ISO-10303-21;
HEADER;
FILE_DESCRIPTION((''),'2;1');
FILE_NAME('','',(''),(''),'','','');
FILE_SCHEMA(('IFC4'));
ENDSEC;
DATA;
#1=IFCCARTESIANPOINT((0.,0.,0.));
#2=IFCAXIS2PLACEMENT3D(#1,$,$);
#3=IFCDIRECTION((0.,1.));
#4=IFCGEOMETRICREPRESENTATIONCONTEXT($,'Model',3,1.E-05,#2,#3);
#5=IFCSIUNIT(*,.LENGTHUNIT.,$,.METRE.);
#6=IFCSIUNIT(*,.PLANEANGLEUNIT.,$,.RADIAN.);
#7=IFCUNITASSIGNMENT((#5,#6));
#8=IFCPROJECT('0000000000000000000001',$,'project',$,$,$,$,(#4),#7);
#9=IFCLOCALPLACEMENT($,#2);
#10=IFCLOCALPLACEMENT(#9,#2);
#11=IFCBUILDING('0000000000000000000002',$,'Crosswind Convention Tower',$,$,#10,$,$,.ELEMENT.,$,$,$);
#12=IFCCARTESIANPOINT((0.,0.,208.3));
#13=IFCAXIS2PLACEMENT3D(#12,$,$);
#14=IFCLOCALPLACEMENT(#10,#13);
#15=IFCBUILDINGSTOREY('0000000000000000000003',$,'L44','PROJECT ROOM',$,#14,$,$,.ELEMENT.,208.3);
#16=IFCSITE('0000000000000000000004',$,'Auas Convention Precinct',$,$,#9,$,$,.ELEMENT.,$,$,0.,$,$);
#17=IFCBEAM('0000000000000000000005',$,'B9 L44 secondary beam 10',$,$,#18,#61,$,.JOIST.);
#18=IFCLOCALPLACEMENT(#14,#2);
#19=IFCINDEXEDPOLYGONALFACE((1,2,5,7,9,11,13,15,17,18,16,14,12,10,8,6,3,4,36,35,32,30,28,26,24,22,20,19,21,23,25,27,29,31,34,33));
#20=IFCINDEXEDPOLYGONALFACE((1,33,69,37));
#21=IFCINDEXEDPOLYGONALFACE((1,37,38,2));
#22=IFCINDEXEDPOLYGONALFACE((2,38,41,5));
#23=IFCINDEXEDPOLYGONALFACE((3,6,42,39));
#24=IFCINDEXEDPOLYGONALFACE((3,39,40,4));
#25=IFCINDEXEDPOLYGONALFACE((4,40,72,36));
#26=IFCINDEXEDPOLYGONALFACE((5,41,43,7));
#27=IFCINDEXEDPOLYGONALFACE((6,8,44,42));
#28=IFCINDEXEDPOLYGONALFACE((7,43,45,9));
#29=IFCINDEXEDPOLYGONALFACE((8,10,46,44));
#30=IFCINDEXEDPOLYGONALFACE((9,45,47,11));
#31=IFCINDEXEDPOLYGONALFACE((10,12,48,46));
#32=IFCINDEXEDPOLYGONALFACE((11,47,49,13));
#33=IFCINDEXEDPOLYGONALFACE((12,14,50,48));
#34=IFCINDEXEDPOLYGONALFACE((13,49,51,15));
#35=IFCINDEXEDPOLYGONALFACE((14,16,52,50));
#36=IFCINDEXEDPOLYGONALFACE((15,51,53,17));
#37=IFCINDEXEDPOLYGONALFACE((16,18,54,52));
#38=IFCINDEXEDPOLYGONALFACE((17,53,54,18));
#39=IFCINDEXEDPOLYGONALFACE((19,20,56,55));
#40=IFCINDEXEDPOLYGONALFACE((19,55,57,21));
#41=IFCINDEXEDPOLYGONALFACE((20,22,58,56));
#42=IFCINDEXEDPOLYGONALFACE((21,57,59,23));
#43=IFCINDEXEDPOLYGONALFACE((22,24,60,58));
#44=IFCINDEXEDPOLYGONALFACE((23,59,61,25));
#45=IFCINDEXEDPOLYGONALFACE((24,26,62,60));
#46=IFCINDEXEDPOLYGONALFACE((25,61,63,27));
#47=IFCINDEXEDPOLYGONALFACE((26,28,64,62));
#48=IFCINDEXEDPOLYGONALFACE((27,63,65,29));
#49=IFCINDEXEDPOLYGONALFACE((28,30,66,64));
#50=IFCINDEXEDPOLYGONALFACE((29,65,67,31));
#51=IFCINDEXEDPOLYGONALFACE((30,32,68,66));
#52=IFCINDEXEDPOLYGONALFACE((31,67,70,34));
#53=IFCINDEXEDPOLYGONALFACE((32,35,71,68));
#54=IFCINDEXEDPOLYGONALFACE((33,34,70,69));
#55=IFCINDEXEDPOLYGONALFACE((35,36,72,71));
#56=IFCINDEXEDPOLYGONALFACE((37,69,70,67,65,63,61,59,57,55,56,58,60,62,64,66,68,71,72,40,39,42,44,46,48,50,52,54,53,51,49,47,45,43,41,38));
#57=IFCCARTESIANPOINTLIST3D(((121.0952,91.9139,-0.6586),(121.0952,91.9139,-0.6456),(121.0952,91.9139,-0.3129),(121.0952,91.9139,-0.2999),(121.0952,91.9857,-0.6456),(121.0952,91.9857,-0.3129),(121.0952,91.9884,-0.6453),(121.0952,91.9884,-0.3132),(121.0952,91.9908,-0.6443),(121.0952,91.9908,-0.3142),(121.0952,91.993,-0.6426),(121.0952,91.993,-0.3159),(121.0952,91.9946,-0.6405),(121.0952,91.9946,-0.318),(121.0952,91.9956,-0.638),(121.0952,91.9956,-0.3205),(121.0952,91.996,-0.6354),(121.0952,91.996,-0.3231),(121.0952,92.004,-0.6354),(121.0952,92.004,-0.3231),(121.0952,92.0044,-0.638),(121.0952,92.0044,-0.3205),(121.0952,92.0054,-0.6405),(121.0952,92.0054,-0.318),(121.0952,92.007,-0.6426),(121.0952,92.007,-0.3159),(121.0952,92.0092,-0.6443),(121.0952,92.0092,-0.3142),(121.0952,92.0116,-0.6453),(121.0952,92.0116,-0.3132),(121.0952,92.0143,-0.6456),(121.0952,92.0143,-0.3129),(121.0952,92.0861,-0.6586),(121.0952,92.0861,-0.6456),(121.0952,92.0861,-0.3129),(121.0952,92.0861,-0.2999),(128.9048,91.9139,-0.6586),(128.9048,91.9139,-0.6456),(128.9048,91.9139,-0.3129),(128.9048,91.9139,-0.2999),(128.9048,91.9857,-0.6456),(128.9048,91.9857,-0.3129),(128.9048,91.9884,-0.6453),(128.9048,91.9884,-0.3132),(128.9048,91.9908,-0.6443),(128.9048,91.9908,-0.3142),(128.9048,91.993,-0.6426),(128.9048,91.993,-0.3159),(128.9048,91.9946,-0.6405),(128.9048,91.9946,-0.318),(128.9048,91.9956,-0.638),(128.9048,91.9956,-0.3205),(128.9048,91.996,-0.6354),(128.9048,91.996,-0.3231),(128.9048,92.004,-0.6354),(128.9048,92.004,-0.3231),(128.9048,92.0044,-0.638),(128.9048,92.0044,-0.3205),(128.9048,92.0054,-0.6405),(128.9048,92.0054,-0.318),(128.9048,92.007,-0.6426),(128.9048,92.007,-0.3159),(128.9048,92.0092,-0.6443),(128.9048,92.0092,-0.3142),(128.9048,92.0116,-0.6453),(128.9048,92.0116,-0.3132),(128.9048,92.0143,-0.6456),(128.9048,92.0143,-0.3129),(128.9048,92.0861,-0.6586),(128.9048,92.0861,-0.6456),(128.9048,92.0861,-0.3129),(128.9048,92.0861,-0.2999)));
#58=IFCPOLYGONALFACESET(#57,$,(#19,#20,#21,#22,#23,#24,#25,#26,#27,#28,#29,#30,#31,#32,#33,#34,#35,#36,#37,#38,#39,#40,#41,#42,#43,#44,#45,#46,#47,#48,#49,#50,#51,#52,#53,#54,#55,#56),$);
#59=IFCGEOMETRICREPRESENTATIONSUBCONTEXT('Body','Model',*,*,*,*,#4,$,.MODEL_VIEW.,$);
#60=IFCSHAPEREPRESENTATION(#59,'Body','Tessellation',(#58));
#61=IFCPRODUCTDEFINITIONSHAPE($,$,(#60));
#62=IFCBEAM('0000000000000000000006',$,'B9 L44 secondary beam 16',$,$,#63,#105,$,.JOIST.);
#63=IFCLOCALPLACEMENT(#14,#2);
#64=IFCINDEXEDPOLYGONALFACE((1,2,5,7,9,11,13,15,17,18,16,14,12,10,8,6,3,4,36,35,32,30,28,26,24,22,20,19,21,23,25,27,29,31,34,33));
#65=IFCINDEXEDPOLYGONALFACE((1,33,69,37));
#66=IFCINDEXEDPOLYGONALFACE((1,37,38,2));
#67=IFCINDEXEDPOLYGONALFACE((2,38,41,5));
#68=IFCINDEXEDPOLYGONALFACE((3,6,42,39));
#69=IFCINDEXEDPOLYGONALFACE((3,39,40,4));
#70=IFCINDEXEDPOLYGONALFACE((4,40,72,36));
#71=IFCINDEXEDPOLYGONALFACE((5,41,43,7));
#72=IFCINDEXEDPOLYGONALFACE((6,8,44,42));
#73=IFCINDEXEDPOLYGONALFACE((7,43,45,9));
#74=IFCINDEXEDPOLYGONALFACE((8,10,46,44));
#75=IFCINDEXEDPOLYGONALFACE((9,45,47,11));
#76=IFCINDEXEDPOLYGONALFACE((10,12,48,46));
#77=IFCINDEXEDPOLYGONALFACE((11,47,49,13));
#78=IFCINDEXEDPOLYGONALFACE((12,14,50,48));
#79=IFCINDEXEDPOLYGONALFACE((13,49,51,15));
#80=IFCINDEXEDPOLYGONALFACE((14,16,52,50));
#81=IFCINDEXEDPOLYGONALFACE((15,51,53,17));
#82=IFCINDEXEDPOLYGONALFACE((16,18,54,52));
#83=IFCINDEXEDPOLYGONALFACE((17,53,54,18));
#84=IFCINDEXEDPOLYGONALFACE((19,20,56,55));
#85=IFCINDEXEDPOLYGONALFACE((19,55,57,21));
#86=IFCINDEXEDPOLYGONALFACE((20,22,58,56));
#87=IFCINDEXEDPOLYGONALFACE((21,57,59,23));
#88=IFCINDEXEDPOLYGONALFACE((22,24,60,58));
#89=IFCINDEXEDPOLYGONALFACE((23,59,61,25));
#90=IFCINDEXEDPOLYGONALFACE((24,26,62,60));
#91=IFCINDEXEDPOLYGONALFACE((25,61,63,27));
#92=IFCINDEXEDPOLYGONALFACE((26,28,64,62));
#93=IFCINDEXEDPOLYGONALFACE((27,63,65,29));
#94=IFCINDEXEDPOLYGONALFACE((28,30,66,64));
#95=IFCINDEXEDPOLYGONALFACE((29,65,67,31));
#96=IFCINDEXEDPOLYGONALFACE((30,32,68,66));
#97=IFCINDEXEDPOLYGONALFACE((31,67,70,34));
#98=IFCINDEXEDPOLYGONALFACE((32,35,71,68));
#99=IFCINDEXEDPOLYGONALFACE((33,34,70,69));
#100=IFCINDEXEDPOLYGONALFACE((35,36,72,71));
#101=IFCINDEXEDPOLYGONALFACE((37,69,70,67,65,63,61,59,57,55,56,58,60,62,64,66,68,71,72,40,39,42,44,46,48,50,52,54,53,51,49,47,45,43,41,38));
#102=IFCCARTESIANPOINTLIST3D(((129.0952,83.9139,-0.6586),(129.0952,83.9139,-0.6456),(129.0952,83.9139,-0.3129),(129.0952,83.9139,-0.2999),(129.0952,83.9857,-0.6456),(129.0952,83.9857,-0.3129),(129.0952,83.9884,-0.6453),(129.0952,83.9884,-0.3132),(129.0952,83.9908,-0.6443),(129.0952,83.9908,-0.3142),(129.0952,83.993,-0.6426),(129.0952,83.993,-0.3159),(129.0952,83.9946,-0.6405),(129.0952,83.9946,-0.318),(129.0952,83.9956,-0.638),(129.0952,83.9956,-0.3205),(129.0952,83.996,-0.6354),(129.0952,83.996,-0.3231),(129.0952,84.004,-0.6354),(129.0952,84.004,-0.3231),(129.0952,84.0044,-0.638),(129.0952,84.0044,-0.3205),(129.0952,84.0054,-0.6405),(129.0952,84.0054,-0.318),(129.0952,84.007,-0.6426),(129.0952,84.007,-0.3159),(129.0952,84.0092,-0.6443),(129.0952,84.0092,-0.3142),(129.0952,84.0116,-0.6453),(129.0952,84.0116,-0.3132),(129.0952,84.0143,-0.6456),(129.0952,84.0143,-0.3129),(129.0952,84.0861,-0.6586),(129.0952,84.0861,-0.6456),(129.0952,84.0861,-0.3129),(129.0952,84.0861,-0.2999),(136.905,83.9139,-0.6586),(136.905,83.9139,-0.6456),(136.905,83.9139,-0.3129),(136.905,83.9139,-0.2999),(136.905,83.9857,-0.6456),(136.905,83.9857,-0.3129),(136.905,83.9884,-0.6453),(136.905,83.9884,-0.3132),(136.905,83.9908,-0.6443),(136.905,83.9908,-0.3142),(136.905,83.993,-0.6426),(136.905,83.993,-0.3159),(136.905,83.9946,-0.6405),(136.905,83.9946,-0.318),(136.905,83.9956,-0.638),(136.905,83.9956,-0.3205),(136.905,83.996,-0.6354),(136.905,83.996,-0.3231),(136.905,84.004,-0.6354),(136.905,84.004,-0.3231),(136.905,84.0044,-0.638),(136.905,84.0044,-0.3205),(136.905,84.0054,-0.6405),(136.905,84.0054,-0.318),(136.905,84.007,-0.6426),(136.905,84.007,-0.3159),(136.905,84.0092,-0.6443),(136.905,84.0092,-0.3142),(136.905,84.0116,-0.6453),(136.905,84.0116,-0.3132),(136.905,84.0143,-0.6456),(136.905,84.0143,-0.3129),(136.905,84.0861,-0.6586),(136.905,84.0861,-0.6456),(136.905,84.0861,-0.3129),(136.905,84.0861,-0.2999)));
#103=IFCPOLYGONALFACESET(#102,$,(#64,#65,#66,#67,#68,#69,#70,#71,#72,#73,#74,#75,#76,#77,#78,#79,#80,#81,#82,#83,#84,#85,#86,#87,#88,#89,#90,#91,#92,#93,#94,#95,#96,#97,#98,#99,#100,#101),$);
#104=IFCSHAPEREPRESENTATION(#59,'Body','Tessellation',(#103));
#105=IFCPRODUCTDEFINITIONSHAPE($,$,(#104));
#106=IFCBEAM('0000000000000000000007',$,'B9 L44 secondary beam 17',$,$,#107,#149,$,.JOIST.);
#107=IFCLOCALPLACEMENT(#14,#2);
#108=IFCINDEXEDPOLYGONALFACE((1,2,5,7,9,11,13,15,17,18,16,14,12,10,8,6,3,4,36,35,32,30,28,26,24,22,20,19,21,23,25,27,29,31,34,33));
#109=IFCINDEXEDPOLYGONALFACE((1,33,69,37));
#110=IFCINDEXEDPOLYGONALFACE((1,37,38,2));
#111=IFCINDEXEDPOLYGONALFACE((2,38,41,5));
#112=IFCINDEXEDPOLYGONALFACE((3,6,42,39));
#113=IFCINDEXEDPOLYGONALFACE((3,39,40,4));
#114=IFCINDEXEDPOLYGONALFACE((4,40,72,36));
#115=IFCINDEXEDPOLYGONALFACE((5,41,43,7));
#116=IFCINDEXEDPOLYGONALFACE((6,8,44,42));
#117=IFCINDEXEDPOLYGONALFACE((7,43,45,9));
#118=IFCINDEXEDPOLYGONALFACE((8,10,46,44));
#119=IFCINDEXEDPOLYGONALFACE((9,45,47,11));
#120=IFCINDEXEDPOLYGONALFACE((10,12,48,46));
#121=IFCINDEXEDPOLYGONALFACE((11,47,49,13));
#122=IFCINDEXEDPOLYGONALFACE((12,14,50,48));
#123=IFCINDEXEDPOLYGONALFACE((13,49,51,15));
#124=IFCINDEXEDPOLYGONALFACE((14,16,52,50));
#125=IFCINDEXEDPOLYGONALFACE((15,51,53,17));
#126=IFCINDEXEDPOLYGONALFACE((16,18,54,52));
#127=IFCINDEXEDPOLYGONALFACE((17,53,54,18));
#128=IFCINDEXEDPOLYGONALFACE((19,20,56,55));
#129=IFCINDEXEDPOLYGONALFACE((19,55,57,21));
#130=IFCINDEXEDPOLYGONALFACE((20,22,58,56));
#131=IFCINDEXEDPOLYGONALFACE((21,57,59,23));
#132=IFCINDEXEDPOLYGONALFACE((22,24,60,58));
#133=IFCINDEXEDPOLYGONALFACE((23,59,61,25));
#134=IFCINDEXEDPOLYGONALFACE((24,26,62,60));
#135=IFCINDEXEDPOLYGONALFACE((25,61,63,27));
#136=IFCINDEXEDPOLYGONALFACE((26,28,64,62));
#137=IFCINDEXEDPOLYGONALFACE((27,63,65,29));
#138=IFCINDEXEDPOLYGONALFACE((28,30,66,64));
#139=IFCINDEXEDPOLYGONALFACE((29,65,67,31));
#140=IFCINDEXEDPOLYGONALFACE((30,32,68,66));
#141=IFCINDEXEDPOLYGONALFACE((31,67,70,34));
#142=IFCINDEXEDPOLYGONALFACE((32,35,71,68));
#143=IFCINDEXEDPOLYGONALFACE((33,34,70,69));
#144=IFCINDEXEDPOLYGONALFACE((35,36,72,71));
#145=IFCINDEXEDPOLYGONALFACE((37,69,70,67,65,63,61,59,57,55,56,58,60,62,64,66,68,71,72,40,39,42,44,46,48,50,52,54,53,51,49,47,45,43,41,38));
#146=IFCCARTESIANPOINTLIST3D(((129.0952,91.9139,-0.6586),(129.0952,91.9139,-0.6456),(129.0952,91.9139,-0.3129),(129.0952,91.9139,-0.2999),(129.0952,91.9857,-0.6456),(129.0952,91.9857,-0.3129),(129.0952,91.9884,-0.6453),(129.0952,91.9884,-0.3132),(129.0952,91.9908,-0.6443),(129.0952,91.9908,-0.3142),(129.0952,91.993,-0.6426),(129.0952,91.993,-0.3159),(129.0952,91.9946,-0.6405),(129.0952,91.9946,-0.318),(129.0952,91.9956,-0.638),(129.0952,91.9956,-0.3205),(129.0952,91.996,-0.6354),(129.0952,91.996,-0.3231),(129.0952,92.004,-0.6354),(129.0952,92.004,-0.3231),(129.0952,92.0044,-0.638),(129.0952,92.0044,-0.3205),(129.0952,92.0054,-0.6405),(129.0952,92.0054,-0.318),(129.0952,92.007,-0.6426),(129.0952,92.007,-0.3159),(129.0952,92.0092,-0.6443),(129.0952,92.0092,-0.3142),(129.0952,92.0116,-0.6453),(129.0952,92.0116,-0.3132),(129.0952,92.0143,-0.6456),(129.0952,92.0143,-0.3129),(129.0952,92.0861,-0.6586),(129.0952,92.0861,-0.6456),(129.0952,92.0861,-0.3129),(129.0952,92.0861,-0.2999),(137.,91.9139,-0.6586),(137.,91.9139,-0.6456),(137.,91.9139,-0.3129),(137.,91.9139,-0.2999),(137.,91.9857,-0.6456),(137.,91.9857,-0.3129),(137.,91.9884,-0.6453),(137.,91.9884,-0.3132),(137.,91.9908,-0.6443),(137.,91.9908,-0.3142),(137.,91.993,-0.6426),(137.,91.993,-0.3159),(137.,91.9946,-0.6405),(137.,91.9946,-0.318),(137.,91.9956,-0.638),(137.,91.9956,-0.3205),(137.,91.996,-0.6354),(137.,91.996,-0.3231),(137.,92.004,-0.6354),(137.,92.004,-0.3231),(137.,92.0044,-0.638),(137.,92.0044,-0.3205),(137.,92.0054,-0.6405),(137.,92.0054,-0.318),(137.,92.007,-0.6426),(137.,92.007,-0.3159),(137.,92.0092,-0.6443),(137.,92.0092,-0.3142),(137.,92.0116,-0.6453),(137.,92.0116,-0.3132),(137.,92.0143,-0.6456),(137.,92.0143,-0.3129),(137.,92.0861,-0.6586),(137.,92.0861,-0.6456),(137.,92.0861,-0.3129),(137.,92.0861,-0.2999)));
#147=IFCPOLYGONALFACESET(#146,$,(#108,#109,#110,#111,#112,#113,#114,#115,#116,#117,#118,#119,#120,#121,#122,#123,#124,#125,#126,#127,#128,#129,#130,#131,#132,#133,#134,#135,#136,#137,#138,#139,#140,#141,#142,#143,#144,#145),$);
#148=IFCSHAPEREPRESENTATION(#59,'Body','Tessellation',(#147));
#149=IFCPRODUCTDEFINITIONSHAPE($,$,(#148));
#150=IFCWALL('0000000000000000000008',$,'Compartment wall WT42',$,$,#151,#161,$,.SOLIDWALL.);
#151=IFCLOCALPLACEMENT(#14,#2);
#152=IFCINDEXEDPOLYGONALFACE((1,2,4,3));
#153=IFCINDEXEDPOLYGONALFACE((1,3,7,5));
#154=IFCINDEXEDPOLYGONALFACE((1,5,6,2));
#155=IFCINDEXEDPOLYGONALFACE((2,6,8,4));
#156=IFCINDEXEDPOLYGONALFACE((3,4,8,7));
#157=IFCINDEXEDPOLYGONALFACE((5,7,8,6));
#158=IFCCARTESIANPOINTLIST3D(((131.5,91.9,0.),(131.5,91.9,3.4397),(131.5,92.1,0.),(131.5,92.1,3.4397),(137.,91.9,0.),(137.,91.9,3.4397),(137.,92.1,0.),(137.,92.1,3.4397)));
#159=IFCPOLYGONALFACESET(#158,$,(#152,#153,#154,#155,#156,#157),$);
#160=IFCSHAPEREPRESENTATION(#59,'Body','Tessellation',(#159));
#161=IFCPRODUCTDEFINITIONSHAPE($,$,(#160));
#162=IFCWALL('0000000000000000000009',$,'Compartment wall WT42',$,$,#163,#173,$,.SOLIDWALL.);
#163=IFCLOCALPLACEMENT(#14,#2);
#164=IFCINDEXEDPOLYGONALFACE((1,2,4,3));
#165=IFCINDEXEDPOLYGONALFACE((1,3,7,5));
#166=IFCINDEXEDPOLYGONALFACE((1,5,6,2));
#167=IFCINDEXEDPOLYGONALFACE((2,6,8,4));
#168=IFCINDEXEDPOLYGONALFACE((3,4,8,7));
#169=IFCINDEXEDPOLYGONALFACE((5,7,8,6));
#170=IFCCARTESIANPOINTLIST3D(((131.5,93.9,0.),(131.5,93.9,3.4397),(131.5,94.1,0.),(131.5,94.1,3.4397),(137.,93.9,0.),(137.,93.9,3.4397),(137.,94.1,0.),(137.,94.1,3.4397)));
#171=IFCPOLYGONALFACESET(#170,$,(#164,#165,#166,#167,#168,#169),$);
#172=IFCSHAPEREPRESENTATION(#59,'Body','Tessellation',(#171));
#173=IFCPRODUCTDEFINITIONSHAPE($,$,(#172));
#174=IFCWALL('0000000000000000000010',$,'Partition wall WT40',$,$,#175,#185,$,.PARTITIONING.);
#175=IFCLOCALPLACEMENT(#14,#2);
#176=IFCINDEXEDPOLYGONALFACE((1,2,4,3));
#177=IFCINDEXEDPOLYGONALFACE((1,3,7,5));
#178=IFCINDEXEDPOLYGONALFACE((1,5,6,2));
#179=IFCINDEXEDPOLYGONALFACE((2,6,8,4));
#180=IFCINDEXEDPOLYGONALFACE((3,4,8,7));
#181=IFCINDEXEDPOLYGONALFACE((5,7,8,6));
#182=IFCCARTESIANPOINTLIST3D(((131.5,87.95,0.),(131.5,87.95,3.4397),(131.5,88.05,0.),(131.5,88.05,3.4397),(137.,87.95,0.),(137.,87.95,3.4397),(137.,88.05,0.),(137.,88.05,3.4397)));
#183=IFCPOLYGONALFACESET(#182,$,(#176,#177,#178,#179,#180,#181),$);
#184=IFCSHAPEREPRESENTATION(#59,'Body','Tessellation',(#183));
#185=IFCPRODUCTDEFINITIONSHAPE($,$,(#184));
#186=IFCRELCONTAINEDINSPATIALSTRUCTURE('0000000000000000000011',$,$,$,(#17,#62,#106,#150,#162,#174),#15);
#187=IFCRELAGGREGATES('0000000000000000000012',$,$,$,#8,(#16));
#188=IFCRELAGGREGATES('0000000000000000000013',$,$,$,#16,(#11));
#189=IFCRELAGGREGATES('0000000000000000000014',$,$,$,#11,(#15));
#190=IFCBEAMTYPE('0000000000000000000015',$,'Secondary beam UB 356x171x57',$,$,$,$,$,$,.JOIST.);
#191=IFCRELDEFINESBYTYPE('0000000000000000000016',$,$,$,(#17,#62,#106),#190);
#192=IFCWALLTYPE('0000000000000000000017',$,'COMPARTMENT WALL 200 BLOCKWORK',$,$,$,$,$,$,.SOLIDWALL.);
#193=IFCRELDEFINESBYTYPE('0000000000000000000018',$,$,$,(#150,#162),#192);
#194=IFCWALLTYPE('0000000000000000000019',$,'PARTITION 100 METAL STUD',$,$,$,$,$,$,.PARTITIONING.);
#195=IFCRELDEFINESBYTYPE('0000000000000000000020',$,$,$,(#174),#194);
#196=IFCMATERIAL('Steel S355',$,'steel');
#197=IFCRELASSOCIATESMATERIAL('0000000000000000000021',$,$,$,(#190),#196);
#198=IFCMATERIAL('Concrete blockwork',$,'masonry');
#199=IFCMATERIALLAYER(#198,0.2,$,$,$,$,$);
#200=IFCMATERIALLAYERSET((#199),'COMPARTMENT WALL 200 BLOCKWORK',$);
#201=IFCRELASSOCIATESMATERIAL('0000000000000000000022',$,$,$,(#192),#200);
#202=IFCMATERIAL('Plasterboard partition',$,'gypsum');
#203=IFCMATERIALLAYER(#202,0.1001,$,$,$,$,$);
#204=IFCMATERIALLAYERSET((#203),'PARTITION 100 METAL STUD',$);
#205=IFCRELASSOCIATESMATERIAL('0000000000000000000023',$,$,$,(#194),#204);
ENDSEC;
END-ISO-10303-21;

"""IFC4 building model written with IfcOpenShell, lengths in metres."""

from ifc_helpers import new_model, si_unit, direction, frame, frame_2d, origin, origin_2d, place, context, subcontext, project, spatial, rectangle, i_section, extrude, material, layer, layer_set, material_profile, profile_set, type_object, element, save


model = new_model("IFC4")

# Units and contexts
model_context = context("Model", 3, precision=1e-05, world=origin(), true_north=direction((0.0, 1.0)))
body_context = subcontext(model_context, "Body", "Model", "MODEL_VIEW")
ifc_project = project(units=[si_unit("LENGTHUNIT", "METRE"), si_unit("PLANEANGLEUNIT", "RADIAN")], contexts=[model_context])

# Site, building, storey
site_placement = place(None, origin())
site = spatial("IfcSite", under=ifc_project, at=site_placement, Name="Auas Convention Precinct", CompositionType="ELEMENT", RefElevation=0.0)
building_placement = place(site_placement, origin())
building = spatial("IfcBuilding", under=site, at=building_placement, Name="Crosswind Convention Tower", CompositionType="ELEMENT")
storey_placement = place(building_placement, frame((0.0, 0.0, 208.3)))
storey = spatial("IfcBuildingStorey", under=building, at=storey_placement, Name="L44", Description="PROJECT ROOM", CompositionType="ELEMENT", Elevation=208.3)

# Beams
ifc_material_1 = material(Name="Steel S355", Category="steel")
ifc_material_profile_1 = material_profile(ifc_material_1, i_section(OverallWidth=0.1721, OverallDepth=0.3586, WebThickness=0.0081, FlangeThickness=0.0129, FilletRadius=0.0103, at=origin_2d()), Name="UB 356x171x57")
ifc_profile_set_1 = profile_set([ifc_material_profile_1], Name="Steel S355")
beam_type_1 = type_object("IfcBeamType", Name="Secondary beam UB 356x171x57", PredefinedType="JOIST", material=ifc_profile_set_1)
for number, where, z_axis, x_axis, name in (
    (1, (121.0952, 92.0, -0.4792), (1.0, 0.0, 0.0), (0.0, 1.0, 0.0), "B9 L44 secondary beam 10"),
):
    element("IfcBeam", number, at=place(storey_placement, frame(where, z_axis=z_axis, x_axis=x_axis)), inside=storey, type_object=beam_type_1, Name=name, PredefinedType="JOIST", context=body_context, shape_type="SweptSolid", body=[
        extrude(i_section(OverallWidth=0.1721, OverallDepth=0.3586, WebThickness=0.0081, FlangeThickness=0.0129, FilletRadius=0.0103, at=origin_2d()), origin(), (0.0, 0.0, 1.0), 7.8096),
    ])
beam_1_placement = place(storey_placement, frame((129.0952, 84.0, -0.4792), z_axis=(1.0, 0.0, 0.0), x_axis=(0.0, 1.0, 0.0)))
element("IfcBeam", 2, at=beam_1_placement, inside=storey, type_object=beam_type_1, Name="B9 L44 secondary beam 16", PredefinedType="JOIST", context=body_context, shape_type="SweptSolid", body=[
    extrude(i_section(OverallWidth=0.1721, OverallDepth=0.3586, WebThickness=0.0081, FlangeThickness=0.0129, FilletRadius=0.0103, at=origin_2d()), origin(), (0.0, 0.0, 1.0), 7.8098),
])
beam_2_placement = place(storey_placement, frame((129.0952, 92.0, -0.4792), z_axis=(1.0, 0.0, 0.0), x_axis=(0.0, 1.0, 0.0)))
element("IfcBeam", 3, at=beam_2_placement, inside=storey, type_object=beam_type_1, Name="B9 L44 secondary beam 17", PredefinedType="JOIST", context=body_context, shape_type="SweptSolid", body=[
    extrude(i_section(OverallWidth=0.1721, OverallDepth=0.3586, WebThickness=0.0081, FlangeThickness=0.0129, FilletRadius=0.0103, at=origin_2d()), origin(), (0.0, 0.0, 1.0), 7.9048),
])

# Walls
ifc_material_2 = material(Name="Concrete blockwork", Category="masonry")
ifc_layer_1 = layer(ifc_material_2, 0.2)
ifc_layer_set_1 = layer_set([ifc_layer_1], Name="COMPARTMENT WALL 200 BLOCKWORK")
wall_type_1 = type_object("IfcWallType", Name="COMPARTMENT WALL 200 BLOCKWORK", PredefinedType="SOLIDWALL", material=ifc_layer_set_1)
for number, where, z_axis, x_axis, name in (
    (4, (131.5, 92.0, 0.0), (0.0, 0.0, 1.0), (1.0, 0.0, 0.0), "Compartment wall WT42"),
    (5, (131.5, 94.0, 0.0), (0.0, 0.0, 1.0), (1.0, 0.0, 0.0), "Compartment wall WT42"),
):
    element("IfcWall", number, at=place(storey_placement, frame(where, z_axis=z_axis, x_axis=x_axis)), inside=storey, type_object=wall_type_1, Name=name, PredefinedType="SOLIDWALL", context=body_context, shape_type="SweptSolid", body=[
        extrude(rectangle(XDim=5.5, YDim=0.2, at=frame_2d((2.75, 0.0))), origin(), (0.0, 0.0, 1.0), 3.4397),
    ])
ifc_material_3 = material(Name="Plasterboard partition", Category="gypsum")
ifc_layer_2 = layer(ifc_material_3, 0.1001)
ifc_layer_set_2 = layer_set([ifc_layer_2], Name="PARTITION 100 METAL STUD")
wall_type_2 = type_object("IfcWallType", Name="PARTITION 100 METAL STUD", PredefinedType="PARTITIONING", material=ifc_layer_set_2)
wall_1_placement = place(storey_placement, frame((131.5, 88.0, 0.0), z_axis=(0.0, 0.0, 1.0), x_axis=(1.0, 0.0, 0.0)))
element("IfcWall", 6, at=wall_1_placement, inside=storey, type_object=wall_type_2, Name="Partition wall WT40", PredefinedType="PARTITIONING", context=body_context, shape_type="SweptSolid", body=[
    extrude(rectangle(XDim=5.5, YDim=0.1001, at=frame_2d((2.75, 0.0))), origin(), (0.0, 0.0, 1.0), 3.4397),
])

save(model, "model.ifc")
